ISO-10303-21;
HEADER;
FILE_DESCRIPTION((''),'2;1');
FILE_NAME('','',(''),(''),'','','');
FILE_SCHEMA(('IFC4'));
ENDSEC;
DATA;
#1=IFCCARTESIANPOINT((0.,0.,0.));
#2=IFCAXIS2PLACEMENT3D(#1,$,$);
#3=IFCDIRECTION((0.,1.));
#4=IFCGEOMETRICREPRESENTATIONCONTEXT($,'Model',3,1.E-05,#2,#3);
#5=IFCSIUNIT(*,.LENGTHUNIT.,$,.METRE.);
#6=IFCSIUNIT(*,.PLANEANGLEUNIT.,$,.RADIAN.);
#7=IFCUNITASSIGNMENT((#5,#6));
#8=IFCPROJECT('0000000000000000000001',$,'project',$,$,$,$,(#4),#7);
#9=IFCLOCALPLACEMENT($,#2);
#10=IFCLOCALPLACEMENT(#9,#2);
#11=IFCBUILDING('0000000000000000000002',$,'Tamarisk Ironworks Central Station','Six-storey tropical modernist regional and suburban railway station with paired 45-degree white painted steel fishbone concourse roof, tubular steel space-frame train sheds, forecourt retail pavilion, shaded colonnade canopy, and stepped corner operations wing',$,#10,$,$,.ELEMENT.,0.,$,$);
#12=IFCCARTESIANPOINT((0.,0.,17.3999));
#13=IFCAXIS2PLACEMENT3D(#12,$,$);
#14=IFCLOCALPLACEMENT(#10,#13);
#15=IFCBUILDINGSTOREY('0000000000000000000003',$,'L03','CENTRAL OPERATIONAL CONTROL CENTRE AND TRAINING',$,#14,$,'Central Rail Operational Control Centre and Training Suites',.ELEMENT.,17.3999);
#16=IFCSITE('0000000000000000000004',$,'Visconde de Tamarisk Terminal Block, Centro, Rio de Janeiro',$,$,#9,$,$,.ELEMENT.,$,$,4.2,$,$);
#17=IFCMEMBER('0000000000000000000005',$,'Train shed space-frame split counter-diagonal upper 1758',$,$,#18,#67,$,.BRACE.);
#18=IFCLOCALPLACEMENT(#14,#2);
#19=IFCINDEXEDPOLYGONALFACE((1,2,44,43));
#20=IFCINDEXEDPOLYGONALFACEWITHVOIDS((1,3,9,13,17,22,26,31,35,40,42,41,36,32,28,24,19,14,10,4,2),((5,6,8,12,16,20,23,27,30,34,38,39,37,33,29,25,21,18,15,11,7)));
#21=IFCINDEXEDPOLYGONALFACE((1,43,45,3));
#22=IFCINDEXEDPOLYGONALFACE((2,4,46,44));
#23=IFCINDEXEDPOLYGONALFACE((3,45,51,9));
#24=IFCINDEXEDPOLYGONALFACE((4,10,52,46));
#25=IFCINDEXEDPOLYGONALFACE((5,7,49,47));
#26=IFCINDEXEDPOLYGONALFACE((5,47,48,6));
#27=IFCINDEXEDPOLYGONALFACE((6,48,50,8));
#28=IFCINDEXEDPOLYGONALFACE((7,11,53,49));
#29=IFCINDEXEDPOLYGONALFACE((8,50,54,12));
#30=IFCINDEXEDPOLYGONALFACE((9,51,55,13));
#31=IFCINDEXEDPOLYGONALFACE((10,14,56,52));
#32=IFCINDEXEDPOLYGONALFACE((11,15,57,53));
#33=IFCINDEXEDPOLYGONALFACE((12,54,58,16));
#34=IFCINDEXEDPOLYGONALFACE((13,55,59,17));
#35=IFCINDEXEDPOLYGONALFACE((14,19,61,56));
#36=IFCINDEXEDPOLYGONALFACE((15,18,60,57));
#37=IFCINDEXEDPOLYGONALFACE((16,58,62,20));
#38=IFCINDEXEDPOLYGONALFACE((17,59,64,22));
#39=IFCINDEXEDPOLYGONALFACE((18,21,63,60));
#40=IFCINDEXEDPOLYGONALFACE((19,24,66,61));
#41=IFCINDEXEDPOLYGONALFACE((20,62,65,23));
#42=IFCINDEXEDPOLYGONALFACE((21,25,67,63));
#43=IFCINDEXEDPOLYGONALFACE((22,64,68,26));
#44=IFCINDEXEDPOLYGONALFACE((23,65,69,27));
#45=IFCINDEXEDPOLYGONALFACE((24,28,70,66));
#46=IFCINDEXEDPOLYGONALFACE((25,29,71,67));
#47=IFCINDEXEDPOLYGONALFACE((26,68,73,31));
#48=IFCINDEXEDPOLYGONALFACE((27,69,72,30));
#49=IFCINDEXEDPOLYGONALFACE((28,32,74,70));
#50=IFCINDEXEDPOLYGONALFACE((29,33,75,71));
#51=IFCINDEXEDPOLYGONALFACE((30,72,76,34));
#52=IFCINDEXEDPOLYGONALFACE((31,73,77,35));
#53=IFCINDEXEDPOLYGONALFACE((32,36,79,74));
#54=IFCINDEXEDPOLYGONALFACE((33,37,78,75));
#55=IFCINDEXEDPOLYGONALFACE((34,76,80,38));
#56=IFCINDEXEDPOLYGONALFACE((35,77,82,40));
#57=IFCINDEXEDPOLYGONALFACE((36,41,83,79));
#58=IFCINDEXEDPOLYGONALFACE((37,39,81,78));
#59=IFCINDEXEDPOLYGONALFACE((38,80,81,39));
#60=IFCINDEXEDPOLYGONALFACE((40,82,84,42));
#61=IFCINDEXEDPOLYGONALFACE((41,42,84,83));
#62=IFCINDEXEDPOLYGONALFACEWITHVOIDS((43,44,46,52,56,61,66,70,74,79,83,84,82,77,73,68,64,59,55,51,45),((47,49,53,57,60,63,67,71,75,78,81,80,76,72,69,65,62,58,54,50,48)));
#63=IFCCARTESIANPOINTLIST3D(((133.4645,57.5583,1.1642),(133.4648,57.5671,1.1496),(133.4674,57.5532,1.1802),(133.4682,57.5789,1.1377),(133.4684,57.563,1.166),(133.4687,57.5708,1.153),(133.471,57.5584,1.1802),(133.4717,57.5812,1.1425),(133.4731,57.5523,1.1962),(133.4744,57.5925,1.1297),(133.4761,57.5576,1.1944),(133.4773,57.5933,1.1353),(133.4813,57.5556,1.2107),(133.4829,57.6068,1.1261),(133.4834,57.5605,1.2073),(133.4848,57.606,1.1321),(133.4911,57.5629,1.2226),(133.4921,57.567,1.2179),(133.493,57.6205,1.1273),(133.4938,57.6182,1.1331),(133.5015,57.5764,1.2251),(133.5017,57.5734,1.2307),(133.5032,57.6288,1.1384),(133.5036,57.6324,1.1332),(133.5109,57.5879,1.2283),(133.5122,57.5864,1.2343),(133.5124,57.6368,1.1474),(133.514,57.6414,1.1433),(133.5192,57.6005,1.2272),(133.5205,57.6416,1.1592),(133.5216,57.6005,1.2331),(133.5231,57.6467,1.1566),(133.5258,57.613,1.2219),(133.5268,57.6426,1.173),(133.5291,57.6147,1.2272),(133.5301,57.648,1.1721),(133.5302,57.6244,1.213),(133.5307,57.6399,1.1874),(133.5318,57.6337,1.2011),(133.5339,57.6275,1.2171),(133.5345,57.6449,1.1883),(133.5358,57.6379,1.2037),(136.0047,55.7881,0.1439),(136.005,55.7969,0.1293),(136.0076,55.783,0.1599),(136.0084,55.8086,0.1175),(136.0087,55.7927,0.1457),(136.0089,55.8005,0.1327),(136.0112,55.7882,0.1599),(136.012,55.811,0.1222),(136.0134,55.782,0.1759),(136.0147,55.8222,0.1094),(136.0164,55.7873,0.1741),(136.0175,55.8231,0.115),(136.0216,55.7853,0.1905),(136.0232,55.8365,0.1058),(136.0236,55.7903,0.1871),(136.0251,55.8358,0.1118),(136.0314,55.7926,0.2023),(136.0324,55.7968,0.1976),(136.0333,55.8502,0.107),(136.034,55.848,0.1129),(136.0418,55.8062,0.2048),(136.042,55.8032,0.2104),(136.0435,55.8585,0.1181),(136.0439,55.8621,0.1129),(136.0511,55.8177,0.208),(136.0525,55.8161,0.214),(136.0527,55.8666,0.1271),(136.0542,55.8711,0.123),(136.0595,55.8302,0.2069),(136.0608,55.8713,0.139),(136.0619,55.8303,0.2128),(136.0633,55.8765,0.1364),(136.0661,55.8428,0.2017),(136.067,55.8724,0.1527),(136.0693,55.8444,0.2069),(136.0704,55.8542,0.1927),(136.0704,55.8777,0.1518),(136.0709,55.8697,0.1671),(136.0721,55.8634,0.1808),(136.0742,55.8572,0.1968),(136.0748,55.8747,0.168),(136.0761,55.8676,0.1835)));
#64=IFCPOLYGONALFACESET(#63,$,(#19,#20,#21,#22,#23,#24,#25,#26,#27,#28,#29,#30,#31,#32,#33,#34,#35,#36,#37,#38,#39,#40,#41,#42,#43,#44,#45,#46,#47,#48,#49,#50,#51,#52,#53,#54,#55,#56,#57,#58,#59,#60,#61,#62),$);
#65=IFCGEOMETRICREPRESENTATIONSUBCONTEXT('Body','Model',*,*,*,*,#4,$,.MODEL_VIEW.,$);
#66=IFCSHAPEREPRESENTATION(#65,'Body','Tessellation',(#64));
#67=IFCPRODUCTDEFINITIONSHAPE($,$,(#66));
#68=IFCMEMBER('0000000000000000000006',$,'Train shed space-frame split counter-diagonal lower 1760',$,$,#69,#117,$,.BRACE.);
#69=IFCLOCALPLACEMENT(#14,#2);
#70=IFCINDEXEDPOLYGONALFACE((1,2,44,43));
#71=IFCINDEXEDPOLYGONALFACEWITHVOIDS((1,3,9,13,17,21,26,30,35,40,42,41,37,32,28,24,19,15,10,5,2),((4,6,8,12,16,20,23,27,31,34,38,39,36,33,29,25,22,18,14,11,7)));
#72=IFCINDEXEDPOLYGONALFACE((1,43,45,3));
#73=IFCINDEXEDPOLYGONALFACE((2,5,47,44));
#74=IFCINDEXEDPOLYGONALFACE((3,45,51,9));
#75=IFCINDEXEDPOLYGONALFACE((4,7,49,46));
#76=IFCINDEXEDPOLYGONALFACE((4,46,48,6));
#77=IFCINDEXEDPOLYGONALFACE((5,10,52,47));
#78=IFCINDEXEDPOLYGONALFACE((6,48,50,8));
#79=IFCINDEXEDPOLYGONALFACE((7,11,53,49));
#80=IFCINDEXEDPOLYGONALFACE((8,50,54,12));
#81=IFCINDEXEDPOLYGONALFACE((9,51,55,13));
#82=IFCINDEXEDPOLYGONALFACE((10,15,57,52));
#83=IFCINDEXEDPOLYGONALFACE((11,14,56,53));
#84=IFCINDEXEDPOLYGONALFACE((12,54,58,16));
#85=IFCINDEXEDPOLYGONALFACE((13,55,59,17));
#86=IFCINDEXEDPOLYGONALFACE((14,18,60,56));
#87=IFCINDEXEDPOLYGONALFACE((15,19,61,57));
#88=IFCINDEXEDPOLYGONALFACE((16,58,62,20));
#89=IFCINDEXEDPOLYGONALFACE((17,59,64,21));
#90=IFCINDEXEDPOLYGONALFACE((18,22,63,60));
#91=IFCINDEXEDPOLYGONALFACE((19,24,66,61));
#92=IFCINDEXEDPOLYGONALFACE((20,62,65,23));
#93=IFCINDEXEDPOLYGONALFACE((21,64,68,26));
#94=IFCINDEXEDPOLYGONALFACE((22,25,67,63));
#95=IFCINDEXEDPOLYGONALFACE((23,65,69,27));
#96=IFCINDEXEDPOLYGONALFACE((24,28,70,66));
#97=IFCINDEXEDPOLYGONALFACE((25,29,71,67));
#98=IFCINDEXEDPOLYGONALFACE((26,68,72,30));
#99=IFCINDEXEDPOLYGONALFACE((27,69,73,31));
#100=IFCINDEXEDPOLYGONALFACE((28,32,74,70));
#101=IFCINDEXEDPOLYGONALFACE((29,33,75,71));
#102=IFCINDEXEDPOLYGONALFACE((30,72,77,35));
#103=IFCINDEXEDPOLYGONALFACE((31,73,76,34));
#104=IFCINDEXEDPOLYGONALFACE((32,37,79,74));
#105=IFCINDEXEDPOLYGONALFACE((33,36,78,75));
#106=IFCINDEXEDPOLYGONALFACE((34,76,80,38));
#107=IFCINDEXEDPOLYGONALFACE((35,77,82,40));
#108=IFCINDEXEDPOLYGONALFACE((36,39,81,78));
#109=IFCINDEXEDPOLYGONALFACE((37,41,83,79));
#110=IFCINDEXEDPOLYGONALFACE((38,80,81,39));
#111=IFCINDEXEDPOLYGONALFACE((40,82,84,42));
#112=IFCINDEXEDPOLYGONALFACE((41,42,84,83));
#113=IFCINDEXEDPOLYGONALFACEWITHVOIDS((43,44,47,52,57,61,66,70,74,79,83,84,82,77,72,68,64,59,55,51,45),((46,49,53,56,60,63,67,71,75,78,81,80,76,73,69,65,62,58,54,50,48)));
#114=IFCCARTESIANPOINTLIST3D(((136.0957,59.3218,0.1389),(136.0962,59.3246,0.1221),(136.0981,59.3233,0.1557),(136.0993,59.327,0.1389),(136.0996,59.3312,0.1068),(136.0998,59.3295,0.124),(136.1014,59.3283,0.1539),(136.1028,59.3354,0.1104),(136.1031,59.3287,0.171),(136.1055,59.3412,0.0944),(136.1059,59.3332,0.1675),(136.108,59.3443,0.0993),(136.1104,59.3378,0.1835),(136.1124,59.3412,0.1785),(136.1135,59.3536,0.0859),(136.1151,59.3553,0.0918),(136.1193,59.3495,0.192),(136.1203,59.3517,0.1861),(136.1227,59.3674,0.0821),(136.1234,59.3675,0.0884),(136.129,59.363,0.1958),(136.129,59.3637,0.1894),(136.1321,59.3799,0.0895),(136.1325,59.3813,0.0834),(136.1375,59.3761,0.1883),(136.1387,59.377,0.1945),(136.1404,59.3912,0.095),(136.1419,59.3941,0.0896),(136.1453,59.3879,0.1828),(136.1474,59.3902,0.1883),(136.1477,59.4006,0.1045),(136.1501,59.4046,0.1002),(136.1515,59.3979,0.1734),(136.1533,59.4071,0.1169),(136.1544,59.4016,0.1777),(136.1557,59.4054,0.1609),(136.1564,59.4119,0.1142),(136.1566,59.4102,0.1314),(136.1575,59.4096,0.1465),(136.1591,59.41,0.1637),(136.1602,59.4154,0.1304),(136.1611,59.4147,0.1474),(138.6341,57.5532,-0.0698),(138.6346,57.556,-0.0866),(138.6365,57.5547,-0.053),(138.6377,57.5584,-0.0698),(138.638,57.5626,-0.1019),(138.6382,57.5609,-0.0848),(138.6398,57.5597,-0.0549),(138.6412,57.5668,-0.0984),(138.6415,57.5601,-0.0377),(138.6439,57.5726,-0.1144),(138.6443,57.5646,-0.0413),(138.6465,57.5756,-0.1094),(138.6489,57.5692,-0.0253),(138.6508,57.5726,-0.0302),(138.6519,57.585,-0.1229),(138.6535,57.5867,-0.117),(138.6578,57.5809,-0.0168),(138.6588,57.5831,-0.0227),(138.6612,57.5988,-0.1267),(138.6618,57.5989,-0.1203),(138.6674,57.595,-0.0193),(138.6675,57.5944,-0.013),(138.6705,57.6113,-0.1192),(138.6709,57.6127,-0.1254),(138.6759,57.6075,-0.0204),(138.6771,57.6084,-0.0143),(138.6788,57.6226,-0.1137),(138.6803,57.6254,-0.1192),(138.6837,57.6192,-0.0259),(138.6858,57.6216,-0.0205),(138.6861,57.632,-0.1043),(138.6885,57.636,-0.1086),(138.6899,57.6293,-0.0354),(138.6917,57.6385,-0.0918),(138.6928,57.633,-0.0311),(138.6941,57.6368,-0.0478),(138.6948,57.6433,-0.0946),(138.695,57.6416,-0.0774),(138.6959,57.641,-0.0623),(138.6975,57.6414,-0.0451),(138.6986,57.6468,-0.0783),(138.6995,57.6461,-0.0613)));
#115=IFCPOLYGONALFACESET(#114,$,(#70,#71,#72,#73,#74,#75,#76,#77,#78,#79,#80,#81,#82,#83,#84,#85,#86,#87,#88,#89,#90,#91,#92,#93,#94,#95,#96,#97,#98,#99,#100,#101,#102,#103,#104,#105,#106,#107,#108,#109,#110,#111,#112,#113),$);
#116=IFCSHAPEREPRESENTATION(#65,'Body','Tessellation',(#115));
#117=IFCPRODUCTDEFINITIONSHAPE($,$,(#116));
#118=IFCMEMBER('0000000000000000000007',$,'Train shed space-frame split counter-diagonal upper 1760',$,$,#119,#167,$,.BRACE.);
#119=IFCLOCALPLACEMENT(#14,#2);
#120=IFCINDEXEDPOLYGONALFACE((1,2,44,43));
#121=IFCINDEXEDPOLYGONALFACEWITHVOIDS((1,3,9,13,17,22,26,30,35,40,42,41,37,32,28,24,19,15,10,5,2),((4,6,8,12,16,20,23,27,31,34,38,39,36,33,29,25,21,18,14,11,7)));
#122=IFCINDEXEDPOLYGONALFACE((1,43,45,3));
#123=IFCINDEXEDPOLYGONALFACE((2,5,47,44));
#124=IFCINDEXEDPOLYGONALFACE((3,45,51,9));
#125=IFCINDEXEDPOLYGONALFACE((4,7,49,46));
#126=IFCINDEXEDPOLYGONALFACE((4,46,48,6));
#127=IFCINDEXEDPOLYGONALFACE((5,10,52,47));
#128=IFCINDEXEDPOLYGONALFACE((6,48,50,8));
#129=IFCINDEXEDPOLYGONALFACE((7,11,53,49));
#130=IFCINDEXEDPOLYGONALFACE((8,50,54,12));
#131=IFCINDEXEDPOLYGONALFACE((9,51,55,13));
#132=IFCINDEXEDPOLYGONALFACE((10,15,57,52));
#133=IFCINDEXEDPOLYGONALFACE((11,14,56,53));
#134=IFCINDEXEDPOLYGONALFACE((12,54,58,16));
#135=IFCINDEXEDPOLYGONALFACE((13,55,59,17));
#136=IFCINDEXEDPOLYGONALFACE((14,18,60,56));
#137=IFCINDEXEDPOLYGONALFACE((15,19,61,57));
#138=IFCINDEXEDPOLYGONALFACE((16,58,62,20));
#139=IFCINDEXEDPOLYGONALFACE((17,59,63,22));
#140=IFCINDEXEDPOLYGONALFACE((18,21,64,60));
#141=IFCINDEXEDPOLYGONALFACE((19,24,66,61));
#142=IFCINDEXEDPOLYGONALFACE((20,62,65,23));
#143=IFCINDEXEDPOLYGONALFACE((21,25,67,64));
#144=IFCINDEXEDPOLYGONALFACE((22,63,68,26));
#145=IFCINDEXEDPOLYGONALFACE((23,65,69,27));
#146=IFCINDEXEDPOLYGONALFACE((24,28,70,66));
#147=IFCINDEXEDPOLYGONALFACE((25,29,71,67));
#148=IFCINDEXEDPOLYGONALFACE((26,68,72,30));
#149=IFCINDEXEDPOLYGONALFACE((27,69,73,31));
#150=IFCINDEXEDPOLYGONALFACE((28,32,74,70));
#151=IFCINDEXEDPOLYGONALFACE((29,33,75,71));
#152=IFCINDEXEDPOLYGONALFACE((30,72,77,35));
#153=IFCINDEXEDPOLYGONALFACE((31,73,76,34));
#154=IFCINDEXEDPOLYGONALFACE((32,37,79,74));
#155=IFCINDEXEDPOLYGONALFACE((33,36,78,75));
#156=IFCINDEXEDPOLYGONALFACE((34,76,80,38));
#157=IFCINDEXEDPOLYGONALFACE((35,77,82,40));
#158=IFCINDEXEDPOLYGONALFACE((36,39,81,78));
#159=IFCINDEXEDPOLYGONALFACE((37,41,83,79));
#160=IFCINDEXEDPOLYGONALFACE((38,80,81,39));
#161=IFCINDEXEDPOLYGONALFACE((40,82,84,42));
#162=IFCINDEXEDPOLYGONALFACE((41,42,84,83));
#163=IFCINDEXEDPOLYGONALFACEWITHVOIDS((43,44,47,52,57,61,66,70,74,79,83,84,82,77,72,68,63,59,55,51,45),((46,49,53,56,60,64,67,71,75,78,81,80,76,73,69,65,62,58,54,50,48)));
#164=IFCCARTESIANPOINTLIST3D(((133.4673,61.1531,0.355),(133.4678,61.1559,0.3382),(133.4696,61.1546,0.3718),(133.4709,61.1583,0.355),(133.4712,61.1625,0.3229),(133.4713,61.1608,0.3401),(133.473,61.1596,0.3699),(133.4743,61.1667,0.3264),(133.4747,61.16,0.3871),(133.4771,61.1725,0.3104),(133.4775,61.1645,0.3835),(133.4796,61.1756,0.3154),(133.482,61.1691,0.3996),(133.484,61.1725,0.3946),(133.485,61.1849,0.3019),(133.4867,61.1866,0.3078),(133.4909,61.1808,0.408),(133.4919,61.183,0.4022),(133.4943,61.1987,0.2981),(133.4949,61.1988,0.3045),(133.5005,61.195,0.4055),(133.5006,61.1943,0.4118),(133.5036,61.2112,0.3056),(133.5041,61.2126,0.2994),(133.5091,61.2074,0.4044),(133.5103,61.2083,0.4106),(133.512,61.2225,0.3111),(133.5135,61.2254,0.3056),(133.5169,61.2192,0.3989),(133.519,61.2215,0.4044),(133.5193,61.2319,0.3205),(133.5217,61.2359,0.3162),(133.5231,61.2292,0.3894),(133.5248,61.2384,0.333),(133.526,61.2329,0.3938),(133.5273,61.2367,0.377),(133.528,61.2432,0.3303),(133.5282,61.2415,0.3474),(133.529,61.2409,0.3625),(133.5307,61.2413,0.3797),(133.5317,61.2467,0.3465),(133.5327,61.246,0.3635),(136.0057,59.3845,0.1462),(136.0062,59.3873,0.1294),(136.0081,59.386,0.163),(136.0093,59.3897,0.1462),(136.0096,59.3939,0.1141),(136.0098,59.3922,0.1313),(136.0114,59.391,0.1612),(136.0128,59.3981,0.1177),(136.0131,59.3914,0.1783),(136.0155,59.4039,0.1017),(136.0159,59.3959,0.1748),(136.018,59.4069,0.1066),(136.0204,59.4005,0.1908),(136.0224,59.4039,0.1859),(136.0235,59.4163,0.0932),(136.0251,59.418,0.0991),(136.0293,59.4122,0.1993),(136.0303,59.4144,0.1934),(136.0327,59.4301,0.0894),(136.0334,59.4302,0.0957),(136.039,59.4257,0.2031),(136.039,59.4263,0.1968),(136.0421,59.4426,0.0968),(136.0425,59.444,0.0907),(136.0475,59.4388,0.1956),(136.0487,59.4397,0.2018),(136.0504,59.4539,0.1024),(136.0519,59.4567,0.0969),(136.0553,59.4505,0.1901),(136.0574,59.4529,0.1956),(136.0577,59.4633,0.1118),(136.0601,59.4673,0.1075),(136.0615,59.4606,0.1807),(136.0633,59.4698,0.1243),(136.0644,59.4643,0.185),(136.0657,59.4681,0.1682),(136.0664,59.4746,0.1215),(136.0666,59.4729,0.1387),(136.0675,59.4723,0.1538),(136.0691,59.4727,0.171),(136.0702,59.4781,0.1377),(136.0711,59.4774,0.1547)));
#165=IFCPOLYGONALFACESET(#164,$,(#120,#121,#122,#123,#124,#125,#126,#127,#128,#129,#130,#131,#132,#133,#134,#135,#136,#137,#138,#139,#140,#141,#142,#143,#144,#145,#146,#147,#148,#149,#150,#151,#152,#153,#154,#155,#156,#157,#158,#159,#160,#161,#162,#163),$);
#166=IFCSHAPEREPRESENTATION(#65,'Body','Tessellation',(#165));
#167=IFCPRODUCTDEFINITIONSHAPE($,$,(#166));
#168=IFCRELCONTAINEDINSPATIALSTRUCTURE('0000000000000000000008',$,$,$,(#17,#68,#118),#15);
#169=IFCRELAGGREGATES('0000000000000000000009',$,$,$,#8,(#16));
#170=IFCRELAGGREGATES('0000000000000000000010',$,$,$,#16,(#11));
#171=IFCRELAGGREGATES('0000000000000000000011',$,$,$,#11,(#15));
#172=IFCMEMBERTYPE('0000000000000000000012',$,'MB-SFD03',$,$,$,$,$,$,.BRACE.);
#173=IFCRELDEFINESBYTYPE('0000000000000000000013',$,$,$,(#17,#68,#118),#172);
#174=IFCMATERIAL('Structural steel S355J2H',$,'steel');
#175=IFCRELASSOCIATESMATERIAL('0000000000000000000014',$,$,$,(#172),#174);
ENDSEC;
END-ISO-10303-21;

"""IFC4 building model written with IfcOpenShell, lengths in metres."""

from ifc_helpers import new_model, si_unit, direction, frame, origin, origin_2d, place, context, subcontext, project, spatial, hollow_circle, extrude, material, material_profile, profile_set, type_object, element, save


model = new_model("IFC4")

# Units and contexts
model_context = context("Model", 3, precision=1e-05, world=origin(), true_north=direction((0.0, 1.0)))
body_context = subcontext(model_context, "Body", "Model", "MODEL_VIEW")
ifc_project = project(units=[si_unit("LENGTHUNIT", "METRE"), si_unit("PLANEANGLEUNIT", "RADIAN")], contexts=[model_context])

# Site, building, storey
site_placement = place(None, origin())
site = spatial("IfcSite", under=ifc_project, at=site_placement, Name="Visconde de Tamarisk Terminal Block, Centro, Rio de Janeiro", CompositionType="ELEMENT", RefElevation=4.2)
building_placement = place(site_placement, origin())
building = spatial("IfcBuilding", under=site, at=building_placement, Name="Tamarisk Ironworks Central Station", Description="Six-storey tropical modernist regional and suburban railway station with paired 45-degree white painted steel fishbone concourse roof, tubular steel space-frame train sheds, forecourt retail pavilion, shaded colonnade canopy, and stepped corner operations wing", CompositionType="ELEMENT", ElevationOfRefHeight=0.0)
storey_placement = place(building_placement, frame((0.0, 0.0, 17.3999)))
storey = spatial("IfcBuildingStorey", under=building, at=storey_placement, Name="L03", Description="CENTRAL OPERATIONAL CONTROL CENTRE AND TRAINING", LongName="Central Rail Operational Control Centre and Training Suites", CompositionType="ELEMENT", Elevation=17.3999)

# Members
ifc_material = material(Name="Structural steel S355J2H", Category="steel")
ifc_material_profile_1 = material_profile(ifc_material, hollow_circle(Radius=0.0571, WallThickness=0.0063, at=origin_2d()), Name="CHS 114.3x6.3")
ifc_profile_set_1 = profile_set([ifc_material_profile_1], Name="Structural steel S355J2H")
member_type_1 = type_object("IfcMemberType", Name="MB-SFD03", PredefinedType="BRACE", material=ifc_profile_set_1)
member_1_placement = place(storey_placement, frame((136.0403, 55.8298, 0.1599), z_axis=(-0.77922, 0.54302, 0.312961), x_axis=(-0.571741, -0.820434, 0.0)))
element("IfcMember", 1, at=member_1_placement, inside=storey, type_object=member_type_1, Name="Train shed space-frame split counter-diagonal upper 1758", PredefinedType="BRACE", context=body_context, shape_type="SweptSolid", body=[
    extrude(hollow_circle(Radius=0.0571, WallThickness=0.0063, at=origin_2d()), origin(), (0.0, 0.0, 1.0), 3.26),
])
for number, where, z_axis, x_axis, name in (
    (2, (138.6667, 57.6001, -0.0698), (-0.818625, 0.570369, 0.06732), (-0.571666, -0.820487, 0.0), "Train shed space-frame split counter-diagonal lower 1760"),
    (3, (136.0383, 59.4314, 0.1462), (-0.818625, 0.570369, 0.06732), (-0.571666, -0.820487, 0.0), "Train shed space-frame split counter-diagonal upper 1760"),
):
    element("IfcMember", number, at=place(storey_placement, frame(where, z_axis=z_axis, x_axis=x_axis)), inside=storey, type_object=member_type_1, Name=name, PredefinedType="BRACE", context=body_context, shape_type="SweptSolid", body=[
        extrude(hollow_circle(Radius=0.0571, WallThickness=0.0063, at=origin_2d()), origin(), (0.0, 0.0, 1.0), 3.1008),
    ])

save(model, "model.ifc")
